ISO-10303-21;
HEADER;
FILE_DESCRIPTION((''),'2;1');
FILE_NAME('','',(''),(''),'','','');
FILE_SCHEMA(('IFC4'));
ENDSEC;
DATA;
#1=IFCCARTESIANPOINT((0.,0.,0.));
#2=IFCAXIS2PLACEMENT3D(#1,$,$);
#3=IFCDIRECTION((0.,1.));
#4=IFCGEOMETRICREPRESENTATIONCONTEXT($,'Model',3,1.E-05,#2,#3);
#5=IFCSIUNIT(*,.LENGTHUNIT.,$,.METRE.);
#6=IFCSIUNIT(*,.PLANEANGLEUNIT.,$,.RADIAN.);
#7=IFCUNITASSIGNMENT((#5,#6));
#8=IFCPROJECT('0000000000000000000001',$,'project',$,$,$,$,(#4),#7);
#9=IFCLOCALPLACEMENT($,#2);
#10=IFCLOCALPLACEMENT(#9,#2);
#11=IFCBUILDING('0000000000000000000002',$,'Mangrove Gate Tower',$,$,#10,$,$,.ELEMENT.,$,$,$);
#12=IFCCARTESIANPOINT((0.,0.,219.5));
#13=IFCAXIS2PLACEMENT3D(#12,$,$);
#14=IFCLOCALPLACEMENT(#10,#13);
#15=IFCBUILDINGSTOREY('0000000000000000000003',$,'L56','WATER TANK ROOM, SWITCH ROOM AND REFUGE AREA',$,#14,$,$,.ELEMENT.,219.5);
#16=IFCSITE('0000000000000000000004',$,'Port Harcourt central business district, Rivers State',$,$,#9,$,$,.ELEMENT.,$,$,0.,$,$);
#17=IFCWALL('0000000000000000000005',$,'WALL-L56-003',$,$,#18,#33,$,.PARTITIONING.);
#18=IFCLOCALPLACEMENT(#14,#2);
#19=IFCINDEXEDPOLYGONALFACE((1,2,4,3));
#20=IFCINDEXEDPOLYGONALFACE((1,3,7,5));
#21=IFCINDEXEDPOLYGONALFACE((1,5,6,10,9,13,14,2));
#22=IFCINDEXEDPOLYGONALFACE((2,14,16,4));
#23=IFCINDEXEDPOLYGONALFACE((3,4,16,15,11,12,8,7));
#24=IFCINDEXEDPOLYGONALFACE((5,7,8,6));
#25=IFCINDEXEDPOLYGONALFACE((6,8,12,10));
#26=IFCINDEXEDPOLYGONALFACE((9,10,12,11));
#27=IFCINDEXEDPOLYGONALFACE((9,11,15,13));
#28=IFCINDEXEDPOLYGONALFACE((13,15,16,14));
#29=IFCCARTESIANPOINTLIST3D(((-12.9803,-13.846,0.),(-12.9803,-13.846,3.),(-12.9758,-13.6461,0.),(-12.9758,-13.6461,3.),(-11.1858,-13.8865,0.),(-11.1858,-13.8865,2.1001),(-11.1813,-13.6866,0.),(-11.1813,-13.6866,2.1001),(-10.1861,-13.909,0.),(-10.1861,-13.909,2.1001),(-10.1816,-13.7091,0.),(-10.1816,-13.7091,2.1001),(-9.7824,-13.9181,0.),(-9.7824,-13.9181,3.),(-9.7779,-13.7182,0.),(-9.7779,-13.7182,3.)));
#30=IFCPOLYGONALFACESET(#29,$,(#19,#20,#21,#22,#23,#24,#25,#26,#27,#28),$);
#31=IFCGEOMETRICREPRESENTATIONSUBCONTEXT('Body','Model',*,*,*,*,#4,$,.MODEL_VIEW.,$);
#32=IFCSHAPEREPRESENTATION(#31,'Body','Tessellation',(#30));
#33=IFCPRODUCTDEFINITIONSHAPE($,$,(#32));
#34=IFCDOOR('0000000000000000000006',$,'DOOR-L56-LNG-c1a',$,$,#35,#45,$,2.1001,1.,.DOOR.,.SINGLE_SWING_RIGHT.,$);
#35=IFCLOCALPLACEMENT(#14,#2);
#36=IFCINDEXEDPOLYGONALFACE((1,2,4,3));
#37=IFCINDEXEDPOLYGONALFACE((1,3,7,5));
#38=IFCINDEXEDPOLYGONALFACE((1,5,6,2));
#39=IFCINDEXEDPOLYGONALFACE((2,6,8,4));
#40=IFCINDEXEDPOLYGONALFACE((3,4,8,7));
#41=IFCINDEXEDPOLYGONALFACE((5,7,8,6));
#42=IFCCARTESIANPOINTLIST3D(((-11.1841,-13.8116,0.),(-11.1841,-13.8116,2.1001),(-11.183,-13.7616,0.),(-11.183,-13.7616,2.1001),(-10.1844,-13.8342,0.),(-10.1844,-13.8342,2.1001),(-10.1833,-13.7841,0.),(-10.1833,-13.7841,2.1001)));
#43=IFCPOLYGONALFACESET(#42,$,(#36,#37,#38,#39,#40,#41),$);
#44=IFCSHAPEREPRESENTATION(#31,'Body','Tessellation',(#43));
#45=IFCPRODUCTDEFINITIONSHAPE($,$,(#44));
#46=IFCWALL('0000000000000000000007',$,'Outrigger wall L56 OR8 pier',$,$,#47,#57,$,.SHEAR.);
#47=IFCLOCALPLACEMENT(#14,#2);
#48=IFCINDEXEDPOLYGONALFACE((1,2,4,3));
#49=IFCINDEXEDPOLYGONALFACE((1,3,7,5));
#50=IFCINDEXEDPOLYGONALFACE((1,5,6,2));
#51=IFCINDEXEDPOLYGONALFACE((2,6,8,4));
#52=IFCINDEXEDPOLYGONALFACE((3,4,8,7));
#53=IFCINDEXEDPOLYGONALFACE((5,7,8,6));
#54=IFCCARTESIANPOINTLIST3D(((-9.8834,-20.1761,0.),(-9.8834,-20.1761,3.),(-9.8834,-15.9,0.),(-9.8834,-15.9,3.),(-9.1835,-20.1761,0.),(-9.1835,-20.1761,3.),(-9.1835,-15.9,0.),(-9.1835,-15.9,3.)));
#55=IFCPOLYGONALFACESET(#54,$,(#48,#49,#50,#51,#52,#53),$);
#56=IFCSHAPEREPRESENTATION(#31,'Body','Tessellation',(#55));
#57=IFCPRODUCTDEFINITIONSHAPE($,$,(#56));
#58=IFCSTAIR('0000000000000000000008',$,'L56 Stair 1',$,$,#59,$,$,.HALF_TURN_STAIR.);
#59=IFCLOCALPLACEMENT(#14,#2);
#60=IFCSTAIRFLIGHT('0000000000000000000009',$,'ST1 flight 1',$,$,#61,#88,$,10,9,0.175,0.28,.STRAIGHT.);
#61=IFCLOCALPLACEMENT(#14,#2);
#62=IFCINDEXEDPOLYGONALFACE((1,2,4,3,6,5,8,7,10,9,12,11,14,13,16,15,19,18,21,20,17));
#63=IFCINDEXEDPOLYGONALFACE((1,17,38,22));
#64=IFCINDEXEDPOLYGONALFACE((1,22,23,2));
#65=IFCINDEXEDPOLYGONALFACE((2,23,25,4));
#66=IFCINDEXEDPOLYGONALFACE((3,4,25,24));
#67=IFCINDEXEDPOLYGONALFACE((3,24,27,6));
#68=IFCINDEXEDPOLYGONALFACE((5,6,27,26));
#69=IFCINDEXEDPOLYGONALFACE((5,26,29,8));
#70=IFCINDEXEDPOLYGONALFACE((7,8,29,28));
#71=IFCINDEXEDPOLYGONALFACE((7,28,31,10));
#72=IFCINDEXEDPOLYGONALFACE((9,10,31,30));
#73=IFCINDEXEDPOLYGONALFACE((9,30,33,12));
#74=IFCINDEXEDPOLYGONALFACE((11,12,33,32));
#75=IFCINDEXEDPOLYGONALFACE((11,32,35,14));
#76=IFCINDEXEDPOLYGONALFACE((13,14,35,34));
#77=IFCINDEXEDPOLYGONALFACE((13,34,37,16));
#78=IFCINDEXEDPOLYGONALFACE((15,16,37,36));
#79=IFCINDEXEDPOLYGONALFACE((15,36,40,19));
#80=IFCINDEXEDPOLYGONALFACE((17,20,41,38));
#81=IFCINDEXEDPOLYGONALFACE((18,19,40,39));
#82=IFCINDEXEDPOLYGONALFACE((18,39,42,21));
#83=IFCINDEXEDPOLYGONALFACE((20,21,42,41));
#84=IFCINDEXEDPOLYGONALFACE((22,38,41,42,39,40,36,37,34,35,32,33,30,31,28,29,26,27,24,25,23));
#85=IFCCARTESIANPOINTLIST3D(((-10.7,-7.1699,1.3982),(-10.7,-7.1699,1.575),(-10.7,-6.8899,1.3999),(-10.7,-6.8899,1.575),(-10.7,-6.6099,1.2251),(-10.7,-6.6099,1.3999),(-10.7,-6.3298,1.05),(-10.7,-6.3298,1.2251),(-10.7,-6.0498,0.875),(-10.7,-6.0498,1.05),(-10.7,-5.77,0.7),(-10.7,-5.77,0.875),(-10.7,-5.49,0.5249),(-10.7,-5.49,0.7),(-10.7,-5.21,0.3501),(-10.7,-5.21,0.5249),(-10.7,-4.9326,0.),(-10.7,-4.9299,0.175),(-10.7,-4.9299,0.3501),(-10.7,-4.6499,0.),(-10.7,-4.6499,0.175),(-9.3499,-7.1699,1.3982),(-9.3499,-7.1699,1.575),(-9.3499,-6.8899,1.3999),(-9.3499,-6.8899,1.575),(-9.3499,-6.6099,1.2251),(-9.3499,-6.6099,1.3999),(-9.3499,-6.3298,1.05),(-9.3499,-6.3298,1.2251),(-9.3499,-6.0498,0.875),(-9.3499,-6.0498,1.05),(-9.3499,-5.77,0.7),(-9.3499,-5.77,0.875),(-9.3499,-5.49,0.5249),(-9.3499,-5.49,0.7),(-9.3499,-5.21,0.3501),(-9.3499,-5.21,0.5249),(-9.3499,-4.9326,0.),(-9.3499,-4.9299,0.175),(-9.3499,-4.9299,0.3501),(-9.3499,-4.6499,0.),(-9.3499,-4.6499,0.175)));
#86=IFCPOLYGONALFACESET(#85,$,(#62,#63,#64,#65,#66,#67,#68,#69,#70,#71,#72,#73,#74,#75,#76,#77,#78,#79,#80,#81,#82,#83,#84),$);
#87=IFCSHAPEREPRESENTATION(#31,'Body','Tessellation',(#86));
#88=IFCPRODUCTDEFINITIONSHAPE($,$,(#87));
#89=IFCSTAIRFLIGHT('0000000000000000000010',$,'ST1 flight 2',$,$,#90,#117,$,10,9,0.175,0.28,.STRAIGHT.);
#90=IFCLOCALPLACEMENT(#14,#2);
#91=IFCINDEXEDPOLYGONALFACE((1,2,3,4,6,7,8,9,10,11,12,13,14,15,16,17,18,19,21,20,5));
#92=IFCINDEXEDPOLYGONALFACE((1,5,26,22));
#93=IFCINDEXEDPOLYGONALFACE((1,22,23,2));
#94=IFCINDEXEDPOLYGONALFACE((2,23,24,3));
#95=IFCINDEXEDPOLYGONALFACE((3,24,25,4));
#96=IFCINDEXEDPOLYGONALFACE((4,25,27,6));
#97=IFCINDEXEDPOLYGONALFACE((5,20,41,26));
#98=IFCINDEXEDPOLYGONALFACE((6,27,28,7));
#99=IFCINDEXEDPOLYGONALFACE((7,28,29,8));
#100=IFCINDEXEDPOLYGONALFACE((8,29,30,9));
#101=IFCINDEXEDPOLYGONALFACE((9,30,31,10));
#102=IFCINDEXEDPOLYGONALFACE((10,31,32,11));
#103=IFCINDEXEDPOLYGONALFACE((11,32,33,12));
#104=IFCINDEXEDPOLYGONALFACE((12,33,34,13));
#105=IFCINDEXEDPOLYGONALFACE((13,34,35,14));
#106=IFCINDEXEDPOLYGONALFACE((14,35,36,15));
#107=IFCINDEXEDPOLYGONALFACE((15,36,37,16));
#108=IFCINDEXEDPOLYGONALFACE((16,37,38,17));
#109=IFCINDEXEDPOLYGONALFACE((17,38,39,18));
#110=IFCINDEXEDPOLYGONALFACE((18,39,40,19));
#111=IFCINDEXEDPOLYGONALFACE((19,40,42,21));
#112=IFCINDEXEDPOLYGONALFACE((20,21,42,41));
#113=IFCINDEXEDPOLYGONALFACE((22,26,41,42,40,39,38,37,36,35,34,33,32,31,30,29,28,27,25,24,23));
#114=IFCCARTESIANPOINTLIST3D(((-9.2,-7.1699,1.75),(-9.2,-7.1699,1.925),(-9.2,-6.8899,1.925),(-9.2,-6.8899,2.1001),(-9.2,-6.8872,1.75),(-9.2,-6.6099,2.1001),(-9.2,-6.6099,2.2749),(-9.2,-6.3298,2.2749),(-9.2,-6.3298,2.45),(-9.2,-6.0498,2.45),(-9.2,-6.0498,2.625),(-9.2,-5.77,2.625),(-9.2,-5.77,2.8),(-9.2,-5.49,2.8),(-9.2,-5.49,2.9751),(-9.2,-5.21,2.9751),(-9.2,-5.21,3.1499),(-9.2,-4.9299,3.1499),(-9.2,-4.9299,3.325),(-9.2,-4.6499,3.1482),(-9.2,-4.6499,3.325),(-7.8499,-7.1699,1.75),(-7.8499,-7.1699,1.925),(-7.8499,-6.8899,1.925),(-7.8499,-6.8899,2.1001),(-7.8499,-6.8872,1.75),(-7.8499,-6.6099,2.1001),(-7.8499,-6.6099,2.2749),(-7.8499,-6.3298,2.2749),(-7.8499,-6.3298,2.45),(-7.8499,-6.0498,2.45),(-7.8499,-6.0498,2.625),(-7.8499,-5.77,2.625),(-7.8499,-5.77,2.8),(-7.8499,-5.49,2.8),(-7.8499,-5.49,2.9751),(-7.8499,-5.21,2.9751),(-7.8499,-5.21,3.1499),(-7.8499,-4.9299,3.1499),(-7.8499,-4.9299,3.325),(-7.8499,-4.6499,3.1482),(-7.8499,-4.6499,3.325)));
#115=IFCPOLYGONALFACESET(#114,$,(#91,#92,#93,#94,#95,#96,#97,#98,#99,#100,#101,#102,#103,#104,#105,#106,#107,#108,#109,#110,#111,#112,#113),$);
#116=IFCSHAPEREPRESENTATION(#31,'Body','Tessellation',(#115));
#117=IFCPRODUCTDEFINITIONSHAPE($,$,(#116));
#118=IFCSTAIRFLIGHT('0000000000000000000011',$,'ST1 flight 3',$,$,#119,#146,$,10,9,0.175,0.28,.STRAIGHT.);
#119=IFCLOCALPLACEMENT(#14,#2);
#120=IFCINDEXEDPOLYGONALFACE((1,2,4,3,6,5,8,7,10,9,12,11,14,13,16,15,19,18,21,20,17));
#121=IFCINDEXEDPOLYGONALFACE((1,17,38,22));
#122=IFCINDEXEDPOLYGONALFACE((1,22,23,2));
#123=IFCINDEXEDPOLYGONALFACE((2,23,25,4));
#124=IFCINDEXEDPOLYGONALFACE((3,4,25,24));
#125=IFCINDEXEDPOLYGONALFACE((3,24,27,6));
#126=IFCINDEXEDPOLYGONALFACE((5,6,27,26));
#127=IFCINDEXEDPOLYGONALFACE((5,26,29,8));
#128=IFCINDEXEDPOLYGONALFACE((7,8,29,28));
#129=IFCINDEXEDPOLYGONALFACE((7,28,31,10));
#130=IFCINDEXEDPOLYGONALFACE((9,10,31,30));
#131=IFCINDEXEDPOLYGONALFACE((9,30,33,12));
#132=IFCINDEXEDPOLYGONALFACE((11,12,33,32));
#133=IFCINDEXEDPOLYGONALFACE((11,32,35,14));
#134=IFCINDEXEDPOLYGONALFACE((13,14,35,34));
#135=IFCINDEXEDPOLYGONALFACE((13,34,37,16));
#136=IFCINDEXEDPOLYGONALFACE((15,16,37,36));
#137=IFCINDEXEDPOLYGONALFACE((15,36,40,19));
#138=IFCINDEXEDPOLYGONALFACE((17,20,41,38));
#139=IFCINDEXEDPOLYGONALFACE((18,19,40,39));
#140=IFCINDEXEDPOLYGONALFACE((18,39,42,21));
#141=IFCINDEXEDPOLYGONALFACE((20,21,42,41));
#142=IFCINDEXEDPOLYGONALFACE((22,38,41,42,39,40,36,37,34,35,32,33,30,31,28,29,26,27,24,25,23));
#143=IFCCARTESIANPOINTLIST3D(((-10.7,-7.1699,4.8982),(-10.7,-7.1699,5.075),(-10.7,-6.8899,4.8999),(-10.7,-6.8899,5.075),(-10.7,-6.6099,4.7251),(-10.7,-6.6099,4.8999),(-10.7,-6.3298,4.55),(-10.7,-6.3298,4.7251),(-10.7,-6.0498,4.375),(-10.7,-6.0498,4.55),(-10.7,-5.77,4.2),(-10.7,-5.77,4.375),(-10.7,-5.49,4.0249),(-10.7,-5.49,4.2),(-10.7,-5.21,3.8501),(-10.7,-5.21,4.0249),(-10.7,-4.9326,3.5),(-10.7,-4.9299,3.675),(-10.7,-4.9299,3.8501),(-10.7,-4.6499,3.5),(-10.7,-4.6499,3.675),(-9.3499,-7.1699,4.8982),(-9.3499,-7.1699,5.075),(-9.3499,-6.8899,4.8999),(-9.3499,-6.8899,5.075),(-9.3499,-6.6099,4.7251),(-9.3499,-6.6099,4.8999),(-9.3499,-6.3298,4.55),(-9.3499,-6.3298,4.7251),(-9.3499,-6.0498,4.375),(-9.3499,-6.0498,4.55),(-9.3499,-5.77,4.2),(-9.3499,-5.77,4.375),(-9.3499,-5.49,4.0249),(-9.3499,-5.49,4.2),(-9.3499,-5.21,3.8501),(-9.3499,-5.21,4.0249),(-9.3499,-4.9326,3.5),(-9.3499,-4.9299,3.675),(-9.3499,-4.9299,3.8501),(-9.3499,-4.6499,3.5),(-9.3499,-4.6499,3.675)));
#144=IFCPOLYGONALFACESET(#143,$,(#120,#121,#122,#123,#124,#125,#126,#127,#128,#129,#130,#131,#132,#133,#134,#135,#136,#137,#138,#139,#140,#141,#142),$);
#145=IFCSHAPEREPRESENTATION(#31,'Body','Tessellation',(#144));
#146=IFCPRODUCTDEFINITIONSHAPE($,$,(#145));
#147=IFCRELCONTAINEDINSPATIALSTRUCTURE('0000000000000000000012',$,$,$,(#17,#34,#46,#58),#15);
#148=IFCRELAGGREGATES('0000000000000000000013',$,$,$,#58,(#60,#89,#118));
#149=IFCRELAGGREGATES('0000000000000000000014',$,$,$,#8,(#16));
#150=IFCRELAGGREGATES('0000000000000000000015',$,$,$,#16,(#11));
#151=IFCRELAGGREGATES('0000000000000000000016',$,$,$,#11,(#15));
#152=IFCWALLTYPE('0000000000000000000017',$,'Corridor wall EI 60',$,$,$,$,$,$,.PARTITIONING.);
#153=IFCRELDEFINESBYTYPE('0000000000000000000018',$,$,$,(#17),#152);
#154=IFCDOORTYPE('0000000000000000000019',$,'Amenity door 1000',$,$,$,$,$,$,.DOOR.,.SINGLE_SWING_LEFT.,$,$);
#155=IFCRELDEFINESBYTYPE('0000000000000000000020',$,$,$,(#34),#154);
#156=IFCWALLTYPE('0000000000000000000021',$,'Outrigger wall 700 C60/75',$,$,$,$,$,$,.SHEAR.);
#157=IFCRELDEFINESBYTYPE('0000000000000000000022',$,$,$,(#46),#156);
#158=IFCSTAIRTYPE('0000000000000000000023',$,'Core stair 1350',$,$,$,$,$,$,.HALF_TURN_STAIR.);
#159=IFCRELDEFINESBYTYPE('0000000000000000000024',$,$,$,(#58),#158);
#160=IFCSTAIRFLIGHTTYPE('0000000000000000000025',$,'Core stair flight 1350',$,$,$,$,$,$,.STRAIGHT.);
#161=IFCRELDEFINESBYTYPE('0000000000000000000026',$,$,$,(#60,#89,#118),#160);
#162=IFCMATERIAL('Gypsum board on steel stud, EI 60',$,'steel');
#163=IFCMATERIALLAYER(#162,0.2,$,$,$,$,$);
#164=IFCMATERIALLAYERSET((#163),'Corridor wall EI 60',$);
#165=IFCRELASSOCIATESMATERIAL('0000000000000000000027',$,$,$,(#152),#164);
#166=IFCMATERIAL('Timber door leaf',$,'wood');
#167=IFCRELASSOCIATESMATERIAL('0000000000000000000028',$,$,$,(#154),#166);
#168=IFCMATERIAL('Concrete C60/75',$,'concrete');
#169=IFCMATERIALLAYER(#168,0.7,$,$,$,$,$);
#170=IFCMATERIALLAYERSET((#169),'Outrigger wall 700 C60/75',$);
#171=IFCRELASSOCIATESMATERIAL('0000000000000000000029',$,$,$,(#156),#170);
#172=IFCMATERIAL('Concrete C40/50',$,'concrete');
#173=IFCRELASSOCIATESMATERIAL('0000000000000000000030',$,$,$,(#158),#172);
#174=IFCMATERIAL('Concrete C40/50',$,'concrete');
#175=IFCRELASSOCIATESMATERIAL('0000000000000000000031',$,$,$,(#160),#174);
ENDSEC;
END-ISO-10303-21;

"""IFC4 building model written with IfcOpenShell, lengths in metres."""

from ifc_helpers import new_model, si_unit, direction, frame, frame_2d, origin, place, context, subcontext, project, spatial, polyline, rectangle, outline, extrude, material, layer, layer_set, type_object, element, fill, aggregate, save


model = new_model("IFC4")

# Units and contexts
model_context = context("Model", 3, precision=1e-05, world=origin(), true_north=direction((0.0, 1.0)))
body_context = subcontext(model_context, "Body", "Model", "MODEL_VIEW")
ifc_project = project(units=[si_unit("LENGTHUNIT", "METRE"), si_unit("PLANEANGLEUNIT", "RADIAN")], contexts=[model_context])

# Site, building, storey
site_placement = place(None, origin())
site = spatial("IfcSite", under=ifc_project, at=site_placement, Name="Port Harcourt central business district, Rivers State", CompositionType="ELEMENT", RefElevation=0.0)
building_placement = place(site_placement, origin())
building = spatial("IfcBuilding", under=site, at=building_placement, Name="Mangrove Gate Tower", CompositionType="ELEMENT")
storey_placement = place(building_placement, frame((0.0, 0.0, 219.5)))
storey = spatial("IfcBuildingStorey", under=building, at=storey_placement, Name="L56", Description="WATER TANK ROOM, SWITCH ROOM AND REFUGE AREA", CompositionType="ELEMENT", Elevation=219.5)

# Wall, opening, door
ifc_material_1 = material(Name="Gypsum board on steel stud, EI 60", Category="steel")
ifc_layer_1 = layer(ifc_material_1, 0.2)
ifc_layer_set_1 = layer_set([ifc_layer_1], Name="Corridor wall EI 60")
wall_type_1 = type_object("IfcWallType", Name="Corridor wall EI 60", PredefinedType="PARTITIONING", material=ifc_layer_set_1)
wall_1_placement = place(storey_placement, frame((-12.978, -13.7461, 0.0), z_axis=(0.0, 0.0, 1.0), x_axis=(0.999747, -0.022515, 0.0)))
wall_1 = element("IfcWall", 1, at=wall_1_placement, inside=storey, type_object=wall_type_1, Name="WALL-L56-003", PredefinedType="PARTITIONING", context=body_context, shape_type="SweptSolid", body=[
    extrude(rectangle(XDim=3.1987, YDim=0.2, at=frame_2d((1.5994, 0.0))), origin(), (0.0, 0.0, 1.0), 3.0),
])
opening_1_placement = place(wall_1_placement, frame((1.7949, 0.0, 0.0)))
opening_1 = element("IfcOpeningElement", 2, at=opening_1_placement, cuts=wall_1, PredefinedType="OPENING", context=body_context, shape_type="SweptSolid", body=[
    extrude(rectangle(XDim=1.0, YDim=2.1001, at=frame_2d((0.5, 1.05))), frame((0.0, 0.1099, 0.0), z_axis=(0.0, -1.0, 0.0), x_axis=(1.0, 0.0, 0.0)), (0.0, 0.0, 1.0), 0.22),
])
ifc_material_2 = material(Name="Timber door leaf", Category="wood")
door_type_1 = type_object("IfcDoorType", Name="Amenity door 1000", OperationType="SINGLE_SWING_LEFT", PredefinedType="DOOR", material=ifc_material_2)
door_1_placement = place(opening_1_placement, origin())
door_1 = element("IfcDoor", 3, at=door_1_placement, inside=storey, type_object=door_type_1, Name="DOOR-L56-LNG-c1a", OperationType="SINGLE_SWING_RIGHT", OverallHeight=2.1001, OverallWidth=1.0, PredefinedType="DOOR", context=body_context, shape_type="SweptSolid", body=[
    extrude(rectangle(XDim=1.0, YDim=2.1001, at=frame_2d((0.5, 1.05))), frame((0.0, 0.0249, 0.0), z_axis=(0.0, -1.0, 0.0), x_axis=(1.0, 0.0, 0.0)), (0.0, 0.0, 1.0), 0.05),
])
fill(opening_1, door_1)

# Wall
ifc_material_3 = material(Name="Concrete C60/75", Category="concrete")
ifc_layer_2 = layer(ifc_material_3, 0.7)
ifc_layer_set_2 = layer_set([ifc_layer_2], Name="Outrigger wall 700 C60/75")
wall_type_2 = type_object("IfcWallType", Name="Outrigger wall 700 C60/75", PredefinedType="SHEAR", material=ifc_layer_set_2)
wall_2_placement = place(storey_placement, frame((-9.5334, -15.8999, 0.0), z_axis=(0.0, 0.0, 1.0), x_axis=(0.0, -1.0, 0.0)))
element("IfcWall", 4, at=wall_2_placement, inside=storey, type_object=wall_type_2, Name="Outrigger wall L56 OR8 pier", PredefinedType="SHEAR", context=body_context, shape_type="SweptSolid", body=[
    extrude(rectangle(XDim=4.2761, YDim=0.7, at=frame_2d((2.1382, 0.0))), origin(), (0.0, 0.0, 1.0), 3.0),
])

# Stair, stair flights
ifc_material_4 = material(Name="Concrete C40/50", Category="concrete")
stair_type = type_object("IfcStairType", Name="Core stair 1350", PredefinedType="HALF_TURN_STAIR", material=ifc_material_4)
stair_placement = place(storey_placement, origin())
stair = element("IfcStair", 5, at=stair_placement, inside=storey, type_object=stair_type, Name="L56 Stair 1", PredefinedType="HALF_TURN_STAIR")
ifc_material_5 = material(Name="Concrete C40/50", Category="concrete")
stair_flight_type = type_object("IfcStairFlightType", Name="Core stair flight 1350", PredefinedType="STRAIGHT", material=ifc_material_5)
stair_flight_1_placement = place(storey_placement, frame((-10.0249, -4.6499, 0.0), z_axis=(0.0, 0.0, 1.0), x_axis=(0.0, -1.0, 0.0)))
stair_flight_1 = element("IfcStairFlight", 6, at=stair_flight_1_placement, type_object=stair_flight_type, Name="ST1 flight 1", NumberOfRisers=10, NumberOfTreads=9, PredefinedType="STRAIGHT", RiserHeight=0.175, TreadLength=0.28, context=body_context, shape_type="SweptSolid", body=[
    extrude(outline(polyline([(0.0, 0.0), (0.0, 0.175), (0.28, 0.175), (0.28, 0.3501), (0.5601, 0.3501), (0.5601, 0.5249), (0.8401, 0.5249), (0.8401, 0.7), (1.1201, 0.7), (1.1201, 0.875), (1.3999, 0.875), (1.3999, 1.05), (1.6799, 1.05), (1.6799, 1.2251), (1.96, 1.2251), (1.96, 1.3999), (2.24, 1.3999), (2.24, 1.575), (2.52, 1.575), (2.52, 1.75), (2.52, 1.3982), (0.2827, 0.0), (0.0, 0.0)])), frame((0.0, 0.675, 0.0), z_axis=(0.0, -1.0, 0.0), x_axis=(1.0, 0.0, 0.0)), (0.0, 0.0, 1.0), 1.3501),
])
stair_flight_2_placement = place(storey_placement, frame((-8.5249, -7.1699, 1.75), z_axis=(0.0, 0.0, 1.0), x_axis=(0.0, 1.0, 0.0)))
stair_flight_2 = element("IfcStairFlight", 7, at=stair_flight_2_placement, type_object=stair_flight_type, Name="ST1 flight 2", NumberOfRisers=10, NumberOfTreads=9, PredefinedType="STRAIGHT", RiserHeight=0.175, TreadLength=0.28, context=body_context, shape_type="SweptSolid", body=[
    extrude(outline(polyline([(0.0, 0.0), (0.0, 0.175), (0.28, 0.175), (0.28, 0.3501), (0.5601, 0.3501), (0.5601, 0.5249), (0.8401, 0.5249), (0.8401, 0.7), (1.1201, 0.7), (1.1201, 0.875), (1.3999, 0.875), (1.3999, 1.05), (1.6799, 1.05), (1.6799, 1.2251), (1.96, 1.2251), (1.96, 1.3999), (2.24, 1.3999), (2.24, 1.575), (2.52, 1.575), (2.52, 1.75), (2.52, 1.3982), (0.2827, 0.0), (0.0, 0.0)])), frame((0.0, 0.675, 0.0), z_axis=(0.0, -1.0, 0.0), x_axis=(1.0, 0.0, 0.0)), (0.0, 0.0, 1.0), 1.3501),
])
stair_flight_3_placement = place(storey_placement, frame((-10.0249, -4.6499, 3.5), z_axis=(0.0, 0.0, 1.0), x_axis=(0.0, -1.0, 0.0)))
stair_flight_3 = element("IfcStairFlight", 8, at=stair_flight_3_placement, type_object=stair_flight_type, Name="ST1 flight 3", NumberOfRisers=10, NumberOfTreads=9, PredefinedType="STRAIGHT", RiserHeight=0.175, TreadLength=0.28, context=body_context, shape_type="SweptSolid", body=[
    extrude(outline(polyline([(0.0, 0.0), (0.0, 0.175), (0.28, 0.175), (0.28, 0.3501), (0.5601, 0.3501), (0.5601, 0.5249), (0.8401, 0.5249), (0.8401, 0.7), (1.1201, 0.7), (1.1201, 0.875), (1.3999, 0.875), (1.3999, 1.05), (1.6799, 1.05), (1.6799, 1.2251), (1.96, 1.2251), (1.96, 1.3999), (2.24, 1.3999), (2.24, 1.575), (2.52, 1.575), (2.52, 1.75), (2.52, 1.3982), (0.2827, 0.0), (0.0, 0.0)])), frame((0.0, 0.675, 0.0), z_axis=(0.0, -1.0, 0.0), x_axis=(1.0, 0.0, 0.0)), (0.0, 0.0, 1.0), 1.3501),
])
aggregate(stair, [stair_flight_1, stair_flight_2, stair_flight_3])

save(model, "model.ifc")
